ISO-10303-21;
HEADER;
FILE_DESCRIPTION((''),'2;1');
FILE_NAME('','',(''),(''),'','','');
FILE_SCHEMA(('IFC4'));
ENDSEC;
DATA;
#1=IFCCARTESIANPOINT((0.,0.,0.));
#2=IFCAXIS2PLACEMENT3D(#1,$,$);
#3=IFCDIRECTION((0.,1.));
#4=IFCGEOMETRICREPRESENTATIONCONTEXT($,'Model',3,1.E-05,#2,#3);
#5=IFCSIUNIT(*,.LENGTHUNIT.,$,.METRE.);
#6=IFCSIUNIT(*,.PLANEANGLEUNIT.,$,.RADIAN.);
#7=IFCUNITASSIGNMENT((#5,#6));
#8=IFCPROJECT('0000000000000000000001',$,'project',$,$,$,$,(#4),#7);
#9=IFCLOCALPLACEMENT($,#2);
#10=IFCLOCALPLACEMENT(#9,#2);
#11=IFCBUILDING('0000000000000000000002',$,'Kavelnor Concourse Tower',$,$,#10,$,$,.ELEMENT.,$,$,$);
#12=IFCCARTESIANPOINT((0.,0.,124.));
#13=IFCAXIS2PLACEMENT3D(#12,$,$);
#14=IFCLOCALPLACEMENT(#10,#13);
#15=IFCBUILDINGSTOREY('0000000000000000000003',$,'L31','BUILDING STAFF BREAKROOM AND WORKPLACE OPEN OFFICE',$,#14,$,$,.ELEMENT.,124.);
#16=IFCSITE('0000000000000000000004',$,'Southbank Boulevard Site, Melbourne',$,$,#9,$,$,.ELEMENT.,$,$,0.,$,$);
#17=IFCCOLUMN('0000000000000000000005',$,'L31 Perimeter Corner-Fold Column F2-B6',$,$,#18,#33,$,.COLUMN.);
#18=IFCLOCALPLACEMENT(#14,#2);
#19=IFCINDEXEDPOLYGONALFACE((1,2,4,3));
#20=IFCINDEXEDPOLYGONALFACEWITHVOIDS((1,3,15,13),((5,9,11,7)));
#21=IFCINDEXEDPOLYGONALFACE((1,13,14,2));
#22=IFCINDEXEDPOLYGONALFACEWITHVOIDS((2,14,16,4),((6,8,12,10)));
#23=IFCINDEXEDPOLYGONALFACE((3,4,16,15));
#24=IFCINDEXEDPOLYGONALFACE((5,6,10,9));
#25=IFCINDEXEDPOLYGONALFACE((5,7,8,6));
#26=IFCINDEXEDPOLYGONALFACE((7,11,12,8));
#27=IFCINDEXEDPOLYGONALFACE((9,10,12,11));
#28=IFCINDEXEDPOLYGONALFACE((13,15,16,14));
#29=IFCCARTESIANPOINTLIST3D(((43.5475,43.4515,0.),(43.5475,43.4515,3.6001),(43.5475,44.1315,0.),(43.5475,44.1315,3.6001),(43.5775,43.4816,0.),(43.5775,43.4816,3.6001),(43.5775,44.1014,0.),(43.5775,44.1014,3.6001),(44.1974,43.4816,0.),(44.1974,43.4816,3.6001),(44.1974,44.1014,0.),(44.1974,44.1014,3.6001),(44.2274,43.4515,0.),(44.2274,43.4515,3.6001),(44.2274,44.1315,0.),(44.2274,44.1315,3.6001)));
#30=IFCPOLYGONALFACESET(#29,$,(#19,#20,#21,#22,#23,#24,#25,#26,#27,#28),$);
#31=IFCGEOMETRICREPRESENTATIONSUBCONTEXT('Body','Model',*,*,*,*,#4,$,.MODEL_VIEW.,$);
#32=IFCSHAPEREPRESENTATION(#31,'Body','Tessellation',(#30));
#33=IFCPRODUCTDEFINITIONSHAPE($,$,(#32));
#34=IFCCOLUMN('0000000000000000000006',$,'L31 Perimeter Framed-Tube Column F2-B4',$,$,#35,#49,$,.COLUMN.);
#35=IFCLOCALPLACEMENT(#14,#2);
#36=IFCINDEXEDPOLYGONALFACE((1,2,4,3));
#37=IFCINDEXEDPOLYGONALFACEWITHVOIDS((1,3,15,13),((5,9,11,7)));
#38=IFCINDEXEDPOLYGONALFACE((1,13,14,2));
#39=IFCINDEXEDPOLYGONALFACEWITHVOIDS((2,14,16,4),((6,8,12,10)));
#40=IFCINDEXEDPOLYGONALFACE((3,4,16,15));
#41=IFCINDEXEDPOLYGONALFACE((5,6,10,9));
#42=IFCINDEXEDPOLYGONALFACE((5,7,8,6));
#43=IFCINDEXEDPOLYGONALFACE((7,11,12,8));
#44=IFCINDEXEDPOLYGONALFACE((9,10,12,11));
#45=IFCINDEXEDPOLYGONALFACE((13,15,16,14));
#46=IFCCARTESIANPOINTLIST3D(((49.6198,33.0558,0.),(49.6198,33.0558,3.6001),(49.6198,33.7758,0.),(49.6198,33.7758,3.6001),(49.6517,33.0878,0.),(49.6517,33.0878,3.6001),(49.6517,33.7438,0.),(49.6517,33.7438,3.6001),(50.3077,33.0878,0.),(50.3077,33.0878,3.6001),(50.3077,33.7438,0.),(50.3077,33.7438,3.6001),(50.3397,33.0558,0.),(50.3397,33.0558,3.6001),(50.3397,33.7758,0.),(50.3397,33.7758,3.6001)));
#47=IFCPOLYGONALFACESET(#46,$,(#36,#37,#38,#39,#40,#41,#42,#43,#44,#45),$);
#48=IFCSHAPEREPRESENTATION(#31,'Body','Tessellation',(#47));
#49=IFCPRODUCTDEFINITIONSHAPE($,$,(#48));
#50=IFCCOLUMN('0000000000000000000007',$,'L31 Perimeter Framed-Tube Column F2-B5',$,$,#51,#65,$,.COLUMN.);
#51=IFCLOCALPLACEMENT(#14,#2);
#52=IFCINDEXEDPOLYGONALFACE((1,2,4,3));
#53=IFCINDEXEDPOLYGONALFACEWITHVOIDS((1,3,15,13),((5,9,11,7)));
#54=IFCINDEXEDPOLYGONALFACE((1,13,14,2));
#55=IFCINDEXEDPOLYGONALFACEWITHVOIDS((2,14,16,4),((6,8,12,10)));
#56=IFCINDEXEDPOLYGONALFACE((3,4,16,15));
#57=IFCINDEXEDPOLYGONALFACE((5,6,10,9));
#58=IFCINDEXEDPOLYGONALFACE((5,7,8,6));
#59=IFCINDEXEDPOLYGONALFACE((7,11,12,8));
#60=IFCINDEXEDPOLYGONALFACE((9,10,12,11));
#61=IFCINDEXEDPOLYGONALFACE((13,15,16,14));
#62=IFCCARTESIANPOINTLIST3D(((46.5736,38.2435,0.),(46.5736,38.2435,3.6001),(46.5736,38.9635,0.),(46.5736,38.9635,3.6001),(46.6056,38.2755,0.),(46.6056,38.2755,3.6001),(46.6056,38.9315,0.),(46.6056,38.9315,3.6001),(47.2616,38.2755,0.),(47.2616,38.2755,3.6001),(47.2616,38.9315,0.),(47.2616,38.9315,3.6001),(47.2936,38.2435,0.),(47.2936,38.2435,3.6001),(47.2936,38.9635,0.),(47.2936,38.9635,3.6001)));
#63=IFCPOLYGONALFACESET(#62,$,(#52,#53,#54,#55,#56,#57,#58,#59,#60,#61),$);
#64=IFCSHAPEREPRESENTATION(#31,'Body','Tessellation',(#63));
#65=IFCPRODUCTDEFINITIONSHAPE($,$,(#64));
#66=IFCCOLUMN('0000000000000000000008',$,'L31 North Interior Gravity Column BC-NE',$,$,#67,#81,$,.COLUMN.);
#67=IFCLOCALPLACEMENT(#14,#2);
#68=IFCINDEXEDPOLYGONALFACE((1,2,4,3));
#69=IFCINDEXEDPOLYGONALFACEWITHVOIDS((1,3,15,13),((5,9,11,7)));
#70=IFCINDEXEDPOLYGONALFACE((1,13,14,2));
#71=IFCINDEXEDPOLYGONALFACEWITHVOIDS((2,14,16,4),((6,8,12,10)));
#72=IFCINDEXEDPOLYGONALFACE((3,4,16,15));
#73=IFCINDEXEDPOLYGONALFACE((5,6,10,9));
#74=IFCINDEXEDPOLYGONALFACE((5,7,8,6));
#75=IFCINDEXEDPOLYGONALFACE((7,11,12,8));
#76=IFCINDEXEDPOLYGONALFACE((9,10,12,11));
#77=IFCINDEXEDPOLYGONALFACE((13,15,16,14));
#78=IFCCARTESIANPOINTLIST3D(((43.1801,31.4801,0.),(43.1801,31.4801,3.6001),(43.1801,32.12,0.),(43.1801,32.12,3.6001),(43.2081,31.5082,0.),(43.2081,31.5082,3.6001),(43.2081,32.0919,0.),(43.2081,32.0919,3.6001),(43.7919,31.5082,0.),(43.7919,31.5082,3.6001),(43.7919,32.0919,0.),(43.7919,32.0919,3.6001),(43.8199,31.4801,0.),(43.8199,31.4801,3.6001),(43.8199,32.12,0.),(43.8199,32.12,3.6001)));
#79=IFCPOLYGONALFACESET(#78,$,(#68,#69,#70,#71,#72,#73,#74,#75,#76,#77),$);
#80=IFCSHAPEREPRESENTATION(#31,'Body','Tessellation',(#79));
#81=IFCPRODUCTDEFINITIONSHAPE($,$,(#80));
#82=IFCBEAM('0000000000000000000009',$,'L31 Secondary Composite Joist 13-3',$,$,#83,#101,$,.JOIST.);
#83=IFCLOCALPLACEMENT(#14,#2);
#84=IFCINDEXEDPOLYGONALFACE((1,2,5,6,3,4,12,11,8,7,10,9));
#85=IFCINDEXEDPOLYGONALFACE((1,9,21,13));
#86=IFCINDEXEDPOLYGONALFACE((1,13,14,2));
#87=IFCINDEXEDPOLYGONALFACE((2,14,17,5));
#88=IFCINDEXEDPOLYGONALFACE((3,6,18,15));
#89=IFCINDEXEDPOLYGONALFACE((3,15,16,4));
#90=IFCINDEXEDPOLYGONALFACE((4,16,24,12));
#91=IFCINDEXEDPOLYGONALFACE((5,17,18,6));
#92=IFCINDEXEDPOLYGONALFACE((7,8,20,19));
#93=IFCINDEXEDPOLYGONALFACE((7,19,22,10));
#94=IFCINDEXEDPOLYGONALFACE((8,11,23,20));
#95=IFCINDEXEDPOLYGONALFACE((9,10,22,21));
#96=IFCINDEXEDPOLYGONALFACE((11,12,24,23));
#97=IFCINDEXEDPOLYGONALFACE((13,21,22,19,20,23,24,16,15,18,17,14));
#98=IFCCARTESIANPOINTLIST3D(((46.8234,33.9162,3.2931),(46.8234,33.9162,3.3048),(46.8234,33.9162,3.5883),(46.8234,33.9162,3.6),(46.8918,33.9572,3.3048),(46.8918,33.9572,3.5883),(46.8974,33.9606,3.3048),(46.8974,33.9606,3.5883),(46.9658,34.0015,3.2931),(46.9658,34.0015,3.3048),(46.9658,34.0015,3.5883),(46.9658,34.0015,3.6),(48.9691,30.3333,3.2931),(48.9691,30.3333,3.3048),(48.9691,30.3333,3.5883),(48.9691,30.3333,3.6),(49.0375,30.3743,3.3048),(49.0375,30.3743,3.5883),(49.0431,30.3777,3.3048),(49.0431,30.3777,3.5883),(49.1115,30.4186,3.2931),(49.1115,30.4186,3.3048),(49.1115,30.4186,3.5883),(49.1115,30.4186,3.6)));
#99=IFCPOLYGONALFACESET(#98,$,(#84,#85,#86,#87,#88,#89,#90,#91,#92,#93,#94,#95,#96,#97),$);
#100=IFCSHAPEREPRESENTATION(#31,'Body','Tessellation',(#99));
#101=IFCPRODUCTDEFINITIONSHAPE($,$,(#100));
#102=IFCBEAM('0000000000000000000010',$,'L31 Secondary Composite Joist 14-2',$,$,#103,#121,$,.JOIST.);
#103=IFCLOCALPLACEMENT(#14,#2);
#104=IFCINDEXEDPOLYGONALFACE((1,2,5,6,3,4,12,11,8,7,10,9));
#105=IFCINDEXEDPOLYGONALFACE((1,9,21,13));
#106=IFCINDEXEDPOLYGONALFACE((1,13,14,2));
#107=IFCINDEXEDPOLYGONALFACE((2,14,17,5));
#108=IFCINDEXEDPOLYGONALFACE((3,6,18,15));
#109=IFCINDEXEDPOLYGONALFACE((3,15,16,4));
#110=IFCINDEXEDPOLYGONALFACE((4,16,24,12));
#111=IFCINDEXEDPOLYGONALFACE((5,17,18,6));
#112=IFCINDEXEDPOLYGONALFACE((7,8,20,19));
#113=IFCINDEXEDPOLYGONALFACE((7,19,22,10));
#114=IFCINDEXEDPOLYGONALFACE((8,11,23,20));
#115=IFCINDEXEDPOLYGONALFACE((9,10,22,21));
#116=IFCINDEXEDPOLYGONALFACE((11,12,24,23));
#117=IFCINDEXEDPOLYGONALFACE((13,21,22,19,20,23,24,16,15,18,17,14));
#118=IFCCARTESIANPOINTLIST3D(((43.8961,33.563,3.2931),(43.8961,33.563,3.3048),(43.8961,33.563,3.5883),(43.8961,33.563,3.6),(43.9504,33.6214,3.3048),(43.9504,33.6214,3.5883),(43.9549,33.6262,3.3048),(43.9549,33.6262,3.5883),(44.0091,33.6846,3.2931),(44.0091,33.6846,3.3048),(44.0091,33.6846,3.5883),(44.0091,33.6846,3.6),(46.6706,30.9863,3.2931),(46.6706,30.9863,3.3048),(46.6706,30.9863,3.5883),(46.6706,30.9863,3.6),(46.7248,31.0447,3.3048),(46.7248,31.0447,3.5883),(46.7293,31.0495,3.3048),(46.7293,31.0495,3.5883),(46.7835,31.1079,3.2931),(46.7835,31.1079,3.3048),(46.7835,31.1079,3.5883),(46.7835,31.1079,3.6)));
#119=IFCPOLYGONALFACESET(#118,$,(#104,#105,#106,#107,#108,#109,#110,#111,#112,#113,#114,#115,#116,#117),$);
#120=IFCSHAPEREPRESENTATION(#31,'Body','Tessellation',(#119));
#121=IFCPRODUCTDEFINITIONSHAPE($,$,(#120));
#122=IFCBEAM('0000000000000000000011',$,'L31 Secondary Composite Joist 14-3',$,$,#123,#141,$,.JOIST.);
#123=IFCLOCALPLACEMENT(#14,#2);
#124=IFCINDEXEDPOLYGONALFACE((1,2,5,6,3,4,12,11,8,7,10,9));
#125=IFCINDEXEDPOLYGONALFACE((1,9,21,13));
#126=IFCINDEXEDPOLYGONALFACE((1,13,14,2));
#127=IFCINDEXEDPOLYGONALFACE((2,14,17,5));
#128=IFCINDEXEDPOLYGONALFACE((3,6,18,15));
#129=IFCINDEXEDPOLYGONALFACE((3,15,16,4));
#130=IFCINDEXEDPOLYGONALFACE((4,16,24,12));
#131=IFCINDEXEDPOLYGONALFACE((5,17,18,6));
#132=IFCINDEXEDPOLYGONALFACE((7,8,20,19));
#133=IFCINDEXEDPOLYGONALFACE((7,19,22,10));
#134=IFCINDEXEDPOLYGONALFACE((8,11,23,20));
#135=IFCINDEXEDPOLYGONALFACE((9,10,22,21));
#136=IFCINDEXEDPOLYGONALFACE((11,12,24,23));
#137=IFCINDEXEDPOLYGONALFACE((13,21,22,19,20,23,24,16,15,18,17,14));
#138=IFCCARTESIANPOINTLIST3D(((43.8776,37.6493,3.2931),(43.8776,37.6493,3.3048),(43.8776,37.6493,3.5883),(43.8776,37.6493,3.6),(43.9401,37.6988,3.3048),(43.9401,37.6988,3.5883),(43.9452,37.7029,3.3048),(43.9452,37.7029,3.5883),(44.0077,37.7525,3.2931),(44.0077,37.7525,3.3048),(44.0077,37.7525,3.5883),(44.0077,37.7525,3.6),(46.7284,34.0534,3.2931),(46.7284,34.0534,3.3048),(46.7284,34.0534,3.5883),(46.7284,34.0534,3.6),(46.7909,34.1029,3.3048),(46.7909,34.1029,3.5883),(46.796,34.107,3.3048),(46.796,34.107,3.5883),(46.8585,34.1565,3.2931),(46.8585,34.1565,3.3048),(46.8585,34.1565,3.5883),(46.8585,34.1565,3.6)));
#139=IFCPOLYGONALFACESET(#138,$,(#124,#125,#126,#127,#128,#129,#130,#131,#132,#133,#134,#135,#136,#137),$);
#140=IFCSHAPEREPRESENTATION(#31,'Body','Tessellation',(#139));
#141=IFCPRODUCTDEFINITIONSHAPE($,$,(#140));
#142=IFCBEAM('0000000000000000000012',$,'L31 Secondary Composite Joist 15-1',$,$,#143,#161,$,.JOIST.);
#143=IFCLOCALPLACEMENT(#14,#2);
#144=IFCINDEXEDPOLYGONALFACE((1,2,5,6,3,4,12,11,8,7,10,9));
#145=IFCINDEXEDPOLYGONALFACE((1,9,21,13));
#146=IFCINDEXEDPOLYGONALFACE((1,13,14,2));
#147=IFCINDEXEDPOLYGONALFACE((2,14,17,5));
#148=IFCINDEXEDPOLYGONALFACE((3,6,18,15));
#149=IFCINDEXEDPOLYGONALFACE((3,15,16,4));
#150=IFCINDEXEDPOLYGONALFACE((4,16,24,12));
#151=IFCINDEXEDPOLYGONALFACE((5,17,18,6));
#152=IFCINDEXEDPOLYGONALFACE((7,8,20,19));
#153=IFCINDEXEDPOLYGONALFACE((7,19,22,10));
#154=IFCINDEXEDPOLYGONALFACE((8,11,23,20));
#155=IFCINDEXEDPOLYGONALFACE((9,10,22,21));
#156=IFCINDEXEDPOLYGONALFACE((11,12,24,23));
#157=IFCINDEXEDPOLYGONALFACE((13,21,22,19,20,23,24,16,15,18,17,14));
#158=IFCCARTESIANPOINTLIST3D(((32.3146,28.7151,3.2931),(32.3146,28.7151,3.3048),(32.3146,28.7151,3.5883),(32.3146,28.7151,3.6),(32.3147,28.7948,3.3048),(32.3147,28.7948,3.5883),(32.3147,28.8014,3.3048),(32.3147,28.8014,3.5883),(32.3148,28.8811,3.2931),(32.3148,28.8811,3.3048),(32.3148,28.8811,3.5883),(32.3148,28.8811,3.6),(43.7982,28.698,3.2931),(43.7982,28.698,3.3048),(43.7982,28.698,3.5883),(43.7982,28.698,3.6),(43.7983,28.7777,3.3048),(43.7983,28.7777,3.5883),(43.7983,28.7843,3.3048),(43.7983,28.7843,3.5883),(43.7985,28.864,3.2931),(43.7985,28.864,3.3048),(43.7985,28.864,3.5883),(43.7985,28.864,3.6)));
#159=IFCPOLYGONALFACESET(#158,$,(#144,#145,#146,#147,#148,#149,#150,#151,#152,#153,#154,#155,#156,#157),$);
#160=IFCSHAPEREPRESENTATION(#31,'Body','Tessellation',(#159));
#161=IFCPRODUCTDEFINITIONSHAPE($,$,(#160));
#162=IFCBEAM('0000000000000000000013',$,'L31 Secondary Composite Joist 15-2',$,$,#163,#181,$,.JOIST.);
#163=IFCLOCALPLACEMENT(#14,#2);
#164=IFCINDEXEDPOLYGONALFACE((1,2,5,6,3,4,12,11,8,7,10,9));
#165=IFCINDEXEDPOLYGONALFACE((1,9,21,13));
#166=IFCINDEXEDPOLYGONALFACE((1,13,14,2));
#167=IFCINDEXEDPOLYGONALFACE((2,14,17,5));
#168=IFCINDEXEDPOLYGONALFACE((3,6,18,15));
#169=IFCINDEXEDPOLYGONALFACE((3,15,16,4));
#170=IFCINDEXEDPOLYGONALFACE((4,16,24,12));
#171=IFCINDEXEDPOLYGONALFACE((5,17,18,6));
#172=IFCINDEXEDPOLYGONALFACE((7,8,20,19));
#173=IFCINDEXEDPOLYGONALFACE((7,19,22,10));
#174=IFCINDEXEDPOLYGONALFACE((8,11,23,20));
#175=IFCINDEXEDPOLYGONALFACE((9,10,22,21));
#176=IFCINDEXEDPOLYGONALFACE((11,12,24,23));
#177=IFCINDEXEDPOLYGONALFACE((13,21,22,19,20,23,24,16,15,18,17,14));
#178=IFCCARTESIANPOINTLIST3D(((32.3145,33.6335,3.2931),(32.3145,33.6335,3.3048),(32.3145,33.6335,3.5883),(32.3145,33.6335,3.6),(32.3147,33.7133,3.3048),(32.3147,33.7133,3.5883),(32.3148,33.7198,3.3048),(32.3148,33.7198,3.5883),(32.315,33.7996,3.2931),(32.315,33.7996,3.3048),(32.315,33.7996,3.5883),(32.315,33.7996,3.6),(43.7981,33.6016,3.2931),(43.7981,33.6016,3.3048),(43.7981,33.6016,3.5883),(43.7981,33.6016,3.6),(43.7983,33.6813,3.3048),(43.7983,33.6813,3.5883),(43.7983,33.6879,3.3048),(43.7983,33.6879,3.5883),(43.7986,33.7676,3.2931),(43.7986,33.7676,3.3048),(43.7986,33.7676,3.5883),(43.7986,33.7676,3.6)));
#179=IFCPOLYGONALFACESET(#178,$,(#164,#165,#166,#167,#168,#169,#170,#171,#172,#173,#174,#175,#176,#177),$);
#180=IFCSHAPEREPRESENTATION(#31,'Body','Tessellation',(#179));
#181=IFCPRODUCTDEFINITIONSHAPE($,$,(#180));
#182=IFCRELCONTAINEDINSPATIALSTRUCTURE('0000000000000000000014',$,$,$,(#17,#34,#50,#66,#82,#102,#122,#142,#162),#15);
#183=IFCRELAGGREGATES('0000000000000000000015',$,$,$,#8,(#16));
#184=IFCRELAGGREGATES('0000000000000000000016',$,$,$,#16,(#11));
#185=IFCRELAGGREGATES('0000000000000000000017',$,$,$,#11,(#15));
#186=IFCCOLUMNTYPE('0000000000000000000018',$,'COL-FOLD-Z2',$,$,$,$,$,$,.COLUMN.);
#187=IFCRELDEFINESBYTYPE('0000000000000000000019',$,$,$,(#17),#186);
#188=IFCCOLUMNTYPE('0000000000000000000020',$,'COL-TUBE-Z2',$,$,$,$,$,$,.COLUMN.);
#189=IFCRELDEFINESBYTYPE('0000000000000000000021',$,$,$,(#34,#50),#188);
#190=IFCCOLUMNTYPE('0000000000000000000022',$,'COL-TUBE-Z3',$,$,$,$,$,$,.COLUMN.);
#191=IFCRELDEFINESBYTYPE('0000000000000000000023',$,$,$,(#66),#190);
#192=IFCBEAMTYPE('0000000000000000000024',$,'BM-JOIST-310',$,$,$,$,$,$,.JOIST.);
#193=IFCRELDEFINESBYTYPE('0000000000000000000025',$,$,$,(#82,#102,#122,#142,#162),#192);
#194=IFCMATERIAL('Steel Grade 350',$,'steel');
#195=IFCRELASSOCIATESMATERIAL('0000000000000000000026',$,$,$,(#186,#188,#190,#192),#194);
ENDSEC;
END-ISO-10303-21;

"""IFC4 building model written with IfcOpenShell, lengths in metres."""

from ifc_helpers import new_model, si_unit, direction, frame, origin, origin_2d, place, context, subcontext, project, spatial, hollow_rectangle, i_section, extrude, material, material_profile, profile_set, type_object, element, save


model = new_model("IFC4")

# Units and contexts
model_context = context("Model", 3, precision=1e-05, world=origin(), true_north=direction((0.0, 1.0)))
body_context = subcontext(model_context, "Body", "Model", "MODEL_VIEW")
ifc_project = project(units=[si_unit("LENGTHUNIT", "METRE"), si_unit("PLANEANGLEUNIT", "RADIAN")], contexts=[model_context])

# Site, building, storey
site_placement = place(None, origin())
site = spatial("IfcSite", under=ifc_project, at=site_placement, Name="Southbank Boulevard Site, Melbourne", CompositionType="ELEMENT", RefElevation=0.0)
building_placement = place(site_placement, origin())
building = spatial("IfcBuilding", under=site, at=building_placement, Name="Kavelnor Concourse Tower", CompositionType="ELEMENT")
storey_placement = place(building_placement, frame((0.0, 0.0, 124.0)))
storey = spatial("IfcBuildingStorey", under=building, at=storey_placement, Name="L31", Description="BUILDING STAFF BREAKROOM AND WORKPLACE OPEN OFFICE", CompositionType="ELEMENT", Elevation=124.0)

# Columns
ifc_material_1 = material(Name="Steel Grade 350", Category="steel")
ifc_material_profile_1 = material_profile(ifc_material_1, hollow_rectangle(XDim=0.6799, YDim=0.6799, WallThickness=0.03, at=origin_2d()), Name="SHS 680x680x30")
ifc_profile_set_1 = profile_set([ifc_material_profile_1], Name="Steel Grade 350")
column_type_1 = type_object("IfcColumnType", Name="COL-FOLD-Z2", PredefinedType="COLUMN", material=ifc_profile_set_1)
column_1_placement = place(storey_placement, frame((43.8875, 43.7915, 0.0), z_axis=(0.0, 0.0, 1.0), x_axis=(1.0, 0.0, 0.0)))
element("IfcColumn", 1, at=column_1_placement, inside=storey, type_object=column_type_1, Name="L31 Perimeter Corner-Fold Column F2-B6", PredefinedType="COLUMN", context=body_context, shape_type="SweptSolid", body=[
    extrude(hollow_rectangle(XDim=0.6799, YDim=0.6799, WallThickness=0.03, at=origin_2d()), origin(), (0.0, 0.0, 1.0), 3.6001),
])
ifc_material_profile_2 = material_profile(ifc_material_1, hollow_rectangle(XDim=0.72, YDim=0.72, WallThickness=0.032, at=origin_2d()), Name="SHS 720x720x32")
ifc_profile_set_2 = profile_set([ifc_material_profile_2], Name="Steel Grade 350")
column_type_2 = type_object("IfcColumnType", Name="COL-TUBE-Z2", PredefinedType="COLUMN", material=ifc_profile_set_2)
for number, where, z_axis, x_axis, name in (
    (2, (49.9797, 33.4158, 0.0), (0.0, 0.0, 1.0), (1.0, 0.0, 0.0), "L31 Perimeter Framed-Tube Column F2-B4"),
    (3, (46.9336, 38.6035, 0.0), (0.0, 0.0, 1.0), (1.0, 0.0, 0.0), "L31 Perimeter Framed-Tube Column F2-B5"),
):
    element("IfcColumn", number, at=place(storey_placement, frame(where, z_axis=z_axis, x_axis=x_axis)), inside=storey, type_object=column_type_2, Name=name, PredefinedType="COLUMN", context=body_context, shape_type="SweptSolid", body=[
        extrude(hollow_rectangle(XDim=0.72, YDim=0.72, WallThickness=0.032, at=origin_2d()), origin(), (0.0, 0.0, 1.0), 3.6001),
    ])
ifc_material_profile_3 = material_profile(ifc_material_1, hollow_rectangle(XDim=0.6399, YDim=0.6399, WallThickness=0.0281, at=origin_2d()), Name="SHS 640x640x28")
ifc_profile_set_3 = profile_set([ifc_material_profile_3], Name="Steel Grade 350")
column_type_3 = type_object("IfcColumnType", Name="COL-TUBE-Z3", PredefinedType="COLUMN", material=ifc_profile_set_3)
column_2_placement = place(storey_placement, frame((43.5, 31.8, 0.0), z_axis=(0.0, 0.0, 1.0), x_axis=(1.0, 0.0, 0.0)))
element("IfcColumn", 4, at=column_2_placement, inside=storey, type_object=column_type_3, Name="L31 North Interior Gravity Column BC-NE", PredefinedType="COLUMN", context=body_context, shape_type="SweptSolid", body=[
    extrude(hollow_rectangle(XDim=0.6399, YDim=0.6399, WallThickness=0.0281, at=origin_2d()), origin(), (0.0, 0.0, 1.0), 3.6001),
])

# Beams
ifc_material_profile_4 = material_profile(ifc_material_1, i_section(OverallWidth=0.166, OverallDepth=0.3069, WebThickness=0.0066, FlangeThickness=0.0117, at=origin_2d()), Name="310UB46")
ifc_profile_set_4 = profile_set([ifc_material_profile_4], Name="Steel Grade 350")
beam_type_1 = type_object("IfcBeamType", Name="BM-JOIST-310", PredefinedType="JOIST", material=ifc_profile_set_4)
beam_1_placement = place(storey_placement, frame((49.0403, 30.376, 3.4465), z_axis=(-0.513782, 0.857921, 0.0), x_axis=(-0.857921, -0.513782, 0.0)))
element("IfcBeam", 5, at=beam_1_placement, inside=storey, type_object=beam_type_1, Name="L31 Secondary Composite Joist 13-3", PredefinedType="JOIST", context=body_context, shape_type="SweptSolid", body=[
    extrude(i_section(OverallWidth=0.166, OverallDepth=0.3069, WebThickness=0.0066, FlangeThickness=0.0117, at=origin_2d()), origin(), (0.0, 0.0, 1.0), 4.1763),
])
beam_2_placement = place(storey_placement, frame((46.7271, 31.0471, 3.4465), z_axis=(-0.732738, 0.68051, 0.0), x_axis=(-0.68051, -0.732738, 0.0)))
element("IfcBeam", 6, at=beam_2_placement, inside=storey, type_object=beam_type_1, Name="L31 Secondary Composite Joist 14-2", PredefinedType="JOIST", context=body_context, shape_type="SweptSolid", body=[
    extrude(i_section(OverallWidth=0.166, OverallDepth=0.3069, WebThickness=0.0066, FlangeThickness=0.0117, at=origin_2d()), origin(), (0.0, 0.0, 1.0), 3.7864),
])
beam_3_placement = place(storey_placement, frame((46.7935, 34.105, 3.4465), z_axis=(-0.621244, 0.783617, 0.0), x_axis=(-0.783617, -0.621244, 0.0)))
element("IfcBeam", 7, at=beam_3_placement, inside=storey, type_object=beam_type_1, Name="L31 Secondary Composite Joist 14-3", PredefinedType="JOIST", context=body_context, shape_type="SweptSolid", body=[
    extrude(i_section(OverallWidth=0.166, OverallDepth=0.3069, WebThickness=0.0066, FlangeThickness=0.0117, at=origin_2d()), origin(), (0.0, 0.0, 1.0), 4.5889),
])
for number, where, z_axis, x_axis, name in (
    (8, (43.7983, 28.781, 3.4465), (-0.999999, 0.001488, 0.0), (-0.001488, -0.999999, 0.0), "L31 Secondary Composite Joist 15-1"),
    (9, (43.7983, 33.6846, 3.4465), (-0.999996, 0.002785, 0.0), (-0.002785, -0.999996, 0.0), "L31 Secondary Composite Joist 15-2"),
):
    element("IfcBeam", number, at=place(storey_placement, frame(where, z_axis=z_axis, x_axis=x_axis)), inside=storey, type_object=beam_type_1, Name=name, PredefinedType="JOIST", context=body_context, shape_type="SweptSolid", body=[
        extrude(i_section(OverallWidth=0.166, OverallDepth=0.3069, WebThickness=0.0066, FlangeThickness=0.0117, at=origin_2d()), origin(), (0.0, 0.0, 1.0), 11.4836),
    ])

save(model, "model.ifc")
